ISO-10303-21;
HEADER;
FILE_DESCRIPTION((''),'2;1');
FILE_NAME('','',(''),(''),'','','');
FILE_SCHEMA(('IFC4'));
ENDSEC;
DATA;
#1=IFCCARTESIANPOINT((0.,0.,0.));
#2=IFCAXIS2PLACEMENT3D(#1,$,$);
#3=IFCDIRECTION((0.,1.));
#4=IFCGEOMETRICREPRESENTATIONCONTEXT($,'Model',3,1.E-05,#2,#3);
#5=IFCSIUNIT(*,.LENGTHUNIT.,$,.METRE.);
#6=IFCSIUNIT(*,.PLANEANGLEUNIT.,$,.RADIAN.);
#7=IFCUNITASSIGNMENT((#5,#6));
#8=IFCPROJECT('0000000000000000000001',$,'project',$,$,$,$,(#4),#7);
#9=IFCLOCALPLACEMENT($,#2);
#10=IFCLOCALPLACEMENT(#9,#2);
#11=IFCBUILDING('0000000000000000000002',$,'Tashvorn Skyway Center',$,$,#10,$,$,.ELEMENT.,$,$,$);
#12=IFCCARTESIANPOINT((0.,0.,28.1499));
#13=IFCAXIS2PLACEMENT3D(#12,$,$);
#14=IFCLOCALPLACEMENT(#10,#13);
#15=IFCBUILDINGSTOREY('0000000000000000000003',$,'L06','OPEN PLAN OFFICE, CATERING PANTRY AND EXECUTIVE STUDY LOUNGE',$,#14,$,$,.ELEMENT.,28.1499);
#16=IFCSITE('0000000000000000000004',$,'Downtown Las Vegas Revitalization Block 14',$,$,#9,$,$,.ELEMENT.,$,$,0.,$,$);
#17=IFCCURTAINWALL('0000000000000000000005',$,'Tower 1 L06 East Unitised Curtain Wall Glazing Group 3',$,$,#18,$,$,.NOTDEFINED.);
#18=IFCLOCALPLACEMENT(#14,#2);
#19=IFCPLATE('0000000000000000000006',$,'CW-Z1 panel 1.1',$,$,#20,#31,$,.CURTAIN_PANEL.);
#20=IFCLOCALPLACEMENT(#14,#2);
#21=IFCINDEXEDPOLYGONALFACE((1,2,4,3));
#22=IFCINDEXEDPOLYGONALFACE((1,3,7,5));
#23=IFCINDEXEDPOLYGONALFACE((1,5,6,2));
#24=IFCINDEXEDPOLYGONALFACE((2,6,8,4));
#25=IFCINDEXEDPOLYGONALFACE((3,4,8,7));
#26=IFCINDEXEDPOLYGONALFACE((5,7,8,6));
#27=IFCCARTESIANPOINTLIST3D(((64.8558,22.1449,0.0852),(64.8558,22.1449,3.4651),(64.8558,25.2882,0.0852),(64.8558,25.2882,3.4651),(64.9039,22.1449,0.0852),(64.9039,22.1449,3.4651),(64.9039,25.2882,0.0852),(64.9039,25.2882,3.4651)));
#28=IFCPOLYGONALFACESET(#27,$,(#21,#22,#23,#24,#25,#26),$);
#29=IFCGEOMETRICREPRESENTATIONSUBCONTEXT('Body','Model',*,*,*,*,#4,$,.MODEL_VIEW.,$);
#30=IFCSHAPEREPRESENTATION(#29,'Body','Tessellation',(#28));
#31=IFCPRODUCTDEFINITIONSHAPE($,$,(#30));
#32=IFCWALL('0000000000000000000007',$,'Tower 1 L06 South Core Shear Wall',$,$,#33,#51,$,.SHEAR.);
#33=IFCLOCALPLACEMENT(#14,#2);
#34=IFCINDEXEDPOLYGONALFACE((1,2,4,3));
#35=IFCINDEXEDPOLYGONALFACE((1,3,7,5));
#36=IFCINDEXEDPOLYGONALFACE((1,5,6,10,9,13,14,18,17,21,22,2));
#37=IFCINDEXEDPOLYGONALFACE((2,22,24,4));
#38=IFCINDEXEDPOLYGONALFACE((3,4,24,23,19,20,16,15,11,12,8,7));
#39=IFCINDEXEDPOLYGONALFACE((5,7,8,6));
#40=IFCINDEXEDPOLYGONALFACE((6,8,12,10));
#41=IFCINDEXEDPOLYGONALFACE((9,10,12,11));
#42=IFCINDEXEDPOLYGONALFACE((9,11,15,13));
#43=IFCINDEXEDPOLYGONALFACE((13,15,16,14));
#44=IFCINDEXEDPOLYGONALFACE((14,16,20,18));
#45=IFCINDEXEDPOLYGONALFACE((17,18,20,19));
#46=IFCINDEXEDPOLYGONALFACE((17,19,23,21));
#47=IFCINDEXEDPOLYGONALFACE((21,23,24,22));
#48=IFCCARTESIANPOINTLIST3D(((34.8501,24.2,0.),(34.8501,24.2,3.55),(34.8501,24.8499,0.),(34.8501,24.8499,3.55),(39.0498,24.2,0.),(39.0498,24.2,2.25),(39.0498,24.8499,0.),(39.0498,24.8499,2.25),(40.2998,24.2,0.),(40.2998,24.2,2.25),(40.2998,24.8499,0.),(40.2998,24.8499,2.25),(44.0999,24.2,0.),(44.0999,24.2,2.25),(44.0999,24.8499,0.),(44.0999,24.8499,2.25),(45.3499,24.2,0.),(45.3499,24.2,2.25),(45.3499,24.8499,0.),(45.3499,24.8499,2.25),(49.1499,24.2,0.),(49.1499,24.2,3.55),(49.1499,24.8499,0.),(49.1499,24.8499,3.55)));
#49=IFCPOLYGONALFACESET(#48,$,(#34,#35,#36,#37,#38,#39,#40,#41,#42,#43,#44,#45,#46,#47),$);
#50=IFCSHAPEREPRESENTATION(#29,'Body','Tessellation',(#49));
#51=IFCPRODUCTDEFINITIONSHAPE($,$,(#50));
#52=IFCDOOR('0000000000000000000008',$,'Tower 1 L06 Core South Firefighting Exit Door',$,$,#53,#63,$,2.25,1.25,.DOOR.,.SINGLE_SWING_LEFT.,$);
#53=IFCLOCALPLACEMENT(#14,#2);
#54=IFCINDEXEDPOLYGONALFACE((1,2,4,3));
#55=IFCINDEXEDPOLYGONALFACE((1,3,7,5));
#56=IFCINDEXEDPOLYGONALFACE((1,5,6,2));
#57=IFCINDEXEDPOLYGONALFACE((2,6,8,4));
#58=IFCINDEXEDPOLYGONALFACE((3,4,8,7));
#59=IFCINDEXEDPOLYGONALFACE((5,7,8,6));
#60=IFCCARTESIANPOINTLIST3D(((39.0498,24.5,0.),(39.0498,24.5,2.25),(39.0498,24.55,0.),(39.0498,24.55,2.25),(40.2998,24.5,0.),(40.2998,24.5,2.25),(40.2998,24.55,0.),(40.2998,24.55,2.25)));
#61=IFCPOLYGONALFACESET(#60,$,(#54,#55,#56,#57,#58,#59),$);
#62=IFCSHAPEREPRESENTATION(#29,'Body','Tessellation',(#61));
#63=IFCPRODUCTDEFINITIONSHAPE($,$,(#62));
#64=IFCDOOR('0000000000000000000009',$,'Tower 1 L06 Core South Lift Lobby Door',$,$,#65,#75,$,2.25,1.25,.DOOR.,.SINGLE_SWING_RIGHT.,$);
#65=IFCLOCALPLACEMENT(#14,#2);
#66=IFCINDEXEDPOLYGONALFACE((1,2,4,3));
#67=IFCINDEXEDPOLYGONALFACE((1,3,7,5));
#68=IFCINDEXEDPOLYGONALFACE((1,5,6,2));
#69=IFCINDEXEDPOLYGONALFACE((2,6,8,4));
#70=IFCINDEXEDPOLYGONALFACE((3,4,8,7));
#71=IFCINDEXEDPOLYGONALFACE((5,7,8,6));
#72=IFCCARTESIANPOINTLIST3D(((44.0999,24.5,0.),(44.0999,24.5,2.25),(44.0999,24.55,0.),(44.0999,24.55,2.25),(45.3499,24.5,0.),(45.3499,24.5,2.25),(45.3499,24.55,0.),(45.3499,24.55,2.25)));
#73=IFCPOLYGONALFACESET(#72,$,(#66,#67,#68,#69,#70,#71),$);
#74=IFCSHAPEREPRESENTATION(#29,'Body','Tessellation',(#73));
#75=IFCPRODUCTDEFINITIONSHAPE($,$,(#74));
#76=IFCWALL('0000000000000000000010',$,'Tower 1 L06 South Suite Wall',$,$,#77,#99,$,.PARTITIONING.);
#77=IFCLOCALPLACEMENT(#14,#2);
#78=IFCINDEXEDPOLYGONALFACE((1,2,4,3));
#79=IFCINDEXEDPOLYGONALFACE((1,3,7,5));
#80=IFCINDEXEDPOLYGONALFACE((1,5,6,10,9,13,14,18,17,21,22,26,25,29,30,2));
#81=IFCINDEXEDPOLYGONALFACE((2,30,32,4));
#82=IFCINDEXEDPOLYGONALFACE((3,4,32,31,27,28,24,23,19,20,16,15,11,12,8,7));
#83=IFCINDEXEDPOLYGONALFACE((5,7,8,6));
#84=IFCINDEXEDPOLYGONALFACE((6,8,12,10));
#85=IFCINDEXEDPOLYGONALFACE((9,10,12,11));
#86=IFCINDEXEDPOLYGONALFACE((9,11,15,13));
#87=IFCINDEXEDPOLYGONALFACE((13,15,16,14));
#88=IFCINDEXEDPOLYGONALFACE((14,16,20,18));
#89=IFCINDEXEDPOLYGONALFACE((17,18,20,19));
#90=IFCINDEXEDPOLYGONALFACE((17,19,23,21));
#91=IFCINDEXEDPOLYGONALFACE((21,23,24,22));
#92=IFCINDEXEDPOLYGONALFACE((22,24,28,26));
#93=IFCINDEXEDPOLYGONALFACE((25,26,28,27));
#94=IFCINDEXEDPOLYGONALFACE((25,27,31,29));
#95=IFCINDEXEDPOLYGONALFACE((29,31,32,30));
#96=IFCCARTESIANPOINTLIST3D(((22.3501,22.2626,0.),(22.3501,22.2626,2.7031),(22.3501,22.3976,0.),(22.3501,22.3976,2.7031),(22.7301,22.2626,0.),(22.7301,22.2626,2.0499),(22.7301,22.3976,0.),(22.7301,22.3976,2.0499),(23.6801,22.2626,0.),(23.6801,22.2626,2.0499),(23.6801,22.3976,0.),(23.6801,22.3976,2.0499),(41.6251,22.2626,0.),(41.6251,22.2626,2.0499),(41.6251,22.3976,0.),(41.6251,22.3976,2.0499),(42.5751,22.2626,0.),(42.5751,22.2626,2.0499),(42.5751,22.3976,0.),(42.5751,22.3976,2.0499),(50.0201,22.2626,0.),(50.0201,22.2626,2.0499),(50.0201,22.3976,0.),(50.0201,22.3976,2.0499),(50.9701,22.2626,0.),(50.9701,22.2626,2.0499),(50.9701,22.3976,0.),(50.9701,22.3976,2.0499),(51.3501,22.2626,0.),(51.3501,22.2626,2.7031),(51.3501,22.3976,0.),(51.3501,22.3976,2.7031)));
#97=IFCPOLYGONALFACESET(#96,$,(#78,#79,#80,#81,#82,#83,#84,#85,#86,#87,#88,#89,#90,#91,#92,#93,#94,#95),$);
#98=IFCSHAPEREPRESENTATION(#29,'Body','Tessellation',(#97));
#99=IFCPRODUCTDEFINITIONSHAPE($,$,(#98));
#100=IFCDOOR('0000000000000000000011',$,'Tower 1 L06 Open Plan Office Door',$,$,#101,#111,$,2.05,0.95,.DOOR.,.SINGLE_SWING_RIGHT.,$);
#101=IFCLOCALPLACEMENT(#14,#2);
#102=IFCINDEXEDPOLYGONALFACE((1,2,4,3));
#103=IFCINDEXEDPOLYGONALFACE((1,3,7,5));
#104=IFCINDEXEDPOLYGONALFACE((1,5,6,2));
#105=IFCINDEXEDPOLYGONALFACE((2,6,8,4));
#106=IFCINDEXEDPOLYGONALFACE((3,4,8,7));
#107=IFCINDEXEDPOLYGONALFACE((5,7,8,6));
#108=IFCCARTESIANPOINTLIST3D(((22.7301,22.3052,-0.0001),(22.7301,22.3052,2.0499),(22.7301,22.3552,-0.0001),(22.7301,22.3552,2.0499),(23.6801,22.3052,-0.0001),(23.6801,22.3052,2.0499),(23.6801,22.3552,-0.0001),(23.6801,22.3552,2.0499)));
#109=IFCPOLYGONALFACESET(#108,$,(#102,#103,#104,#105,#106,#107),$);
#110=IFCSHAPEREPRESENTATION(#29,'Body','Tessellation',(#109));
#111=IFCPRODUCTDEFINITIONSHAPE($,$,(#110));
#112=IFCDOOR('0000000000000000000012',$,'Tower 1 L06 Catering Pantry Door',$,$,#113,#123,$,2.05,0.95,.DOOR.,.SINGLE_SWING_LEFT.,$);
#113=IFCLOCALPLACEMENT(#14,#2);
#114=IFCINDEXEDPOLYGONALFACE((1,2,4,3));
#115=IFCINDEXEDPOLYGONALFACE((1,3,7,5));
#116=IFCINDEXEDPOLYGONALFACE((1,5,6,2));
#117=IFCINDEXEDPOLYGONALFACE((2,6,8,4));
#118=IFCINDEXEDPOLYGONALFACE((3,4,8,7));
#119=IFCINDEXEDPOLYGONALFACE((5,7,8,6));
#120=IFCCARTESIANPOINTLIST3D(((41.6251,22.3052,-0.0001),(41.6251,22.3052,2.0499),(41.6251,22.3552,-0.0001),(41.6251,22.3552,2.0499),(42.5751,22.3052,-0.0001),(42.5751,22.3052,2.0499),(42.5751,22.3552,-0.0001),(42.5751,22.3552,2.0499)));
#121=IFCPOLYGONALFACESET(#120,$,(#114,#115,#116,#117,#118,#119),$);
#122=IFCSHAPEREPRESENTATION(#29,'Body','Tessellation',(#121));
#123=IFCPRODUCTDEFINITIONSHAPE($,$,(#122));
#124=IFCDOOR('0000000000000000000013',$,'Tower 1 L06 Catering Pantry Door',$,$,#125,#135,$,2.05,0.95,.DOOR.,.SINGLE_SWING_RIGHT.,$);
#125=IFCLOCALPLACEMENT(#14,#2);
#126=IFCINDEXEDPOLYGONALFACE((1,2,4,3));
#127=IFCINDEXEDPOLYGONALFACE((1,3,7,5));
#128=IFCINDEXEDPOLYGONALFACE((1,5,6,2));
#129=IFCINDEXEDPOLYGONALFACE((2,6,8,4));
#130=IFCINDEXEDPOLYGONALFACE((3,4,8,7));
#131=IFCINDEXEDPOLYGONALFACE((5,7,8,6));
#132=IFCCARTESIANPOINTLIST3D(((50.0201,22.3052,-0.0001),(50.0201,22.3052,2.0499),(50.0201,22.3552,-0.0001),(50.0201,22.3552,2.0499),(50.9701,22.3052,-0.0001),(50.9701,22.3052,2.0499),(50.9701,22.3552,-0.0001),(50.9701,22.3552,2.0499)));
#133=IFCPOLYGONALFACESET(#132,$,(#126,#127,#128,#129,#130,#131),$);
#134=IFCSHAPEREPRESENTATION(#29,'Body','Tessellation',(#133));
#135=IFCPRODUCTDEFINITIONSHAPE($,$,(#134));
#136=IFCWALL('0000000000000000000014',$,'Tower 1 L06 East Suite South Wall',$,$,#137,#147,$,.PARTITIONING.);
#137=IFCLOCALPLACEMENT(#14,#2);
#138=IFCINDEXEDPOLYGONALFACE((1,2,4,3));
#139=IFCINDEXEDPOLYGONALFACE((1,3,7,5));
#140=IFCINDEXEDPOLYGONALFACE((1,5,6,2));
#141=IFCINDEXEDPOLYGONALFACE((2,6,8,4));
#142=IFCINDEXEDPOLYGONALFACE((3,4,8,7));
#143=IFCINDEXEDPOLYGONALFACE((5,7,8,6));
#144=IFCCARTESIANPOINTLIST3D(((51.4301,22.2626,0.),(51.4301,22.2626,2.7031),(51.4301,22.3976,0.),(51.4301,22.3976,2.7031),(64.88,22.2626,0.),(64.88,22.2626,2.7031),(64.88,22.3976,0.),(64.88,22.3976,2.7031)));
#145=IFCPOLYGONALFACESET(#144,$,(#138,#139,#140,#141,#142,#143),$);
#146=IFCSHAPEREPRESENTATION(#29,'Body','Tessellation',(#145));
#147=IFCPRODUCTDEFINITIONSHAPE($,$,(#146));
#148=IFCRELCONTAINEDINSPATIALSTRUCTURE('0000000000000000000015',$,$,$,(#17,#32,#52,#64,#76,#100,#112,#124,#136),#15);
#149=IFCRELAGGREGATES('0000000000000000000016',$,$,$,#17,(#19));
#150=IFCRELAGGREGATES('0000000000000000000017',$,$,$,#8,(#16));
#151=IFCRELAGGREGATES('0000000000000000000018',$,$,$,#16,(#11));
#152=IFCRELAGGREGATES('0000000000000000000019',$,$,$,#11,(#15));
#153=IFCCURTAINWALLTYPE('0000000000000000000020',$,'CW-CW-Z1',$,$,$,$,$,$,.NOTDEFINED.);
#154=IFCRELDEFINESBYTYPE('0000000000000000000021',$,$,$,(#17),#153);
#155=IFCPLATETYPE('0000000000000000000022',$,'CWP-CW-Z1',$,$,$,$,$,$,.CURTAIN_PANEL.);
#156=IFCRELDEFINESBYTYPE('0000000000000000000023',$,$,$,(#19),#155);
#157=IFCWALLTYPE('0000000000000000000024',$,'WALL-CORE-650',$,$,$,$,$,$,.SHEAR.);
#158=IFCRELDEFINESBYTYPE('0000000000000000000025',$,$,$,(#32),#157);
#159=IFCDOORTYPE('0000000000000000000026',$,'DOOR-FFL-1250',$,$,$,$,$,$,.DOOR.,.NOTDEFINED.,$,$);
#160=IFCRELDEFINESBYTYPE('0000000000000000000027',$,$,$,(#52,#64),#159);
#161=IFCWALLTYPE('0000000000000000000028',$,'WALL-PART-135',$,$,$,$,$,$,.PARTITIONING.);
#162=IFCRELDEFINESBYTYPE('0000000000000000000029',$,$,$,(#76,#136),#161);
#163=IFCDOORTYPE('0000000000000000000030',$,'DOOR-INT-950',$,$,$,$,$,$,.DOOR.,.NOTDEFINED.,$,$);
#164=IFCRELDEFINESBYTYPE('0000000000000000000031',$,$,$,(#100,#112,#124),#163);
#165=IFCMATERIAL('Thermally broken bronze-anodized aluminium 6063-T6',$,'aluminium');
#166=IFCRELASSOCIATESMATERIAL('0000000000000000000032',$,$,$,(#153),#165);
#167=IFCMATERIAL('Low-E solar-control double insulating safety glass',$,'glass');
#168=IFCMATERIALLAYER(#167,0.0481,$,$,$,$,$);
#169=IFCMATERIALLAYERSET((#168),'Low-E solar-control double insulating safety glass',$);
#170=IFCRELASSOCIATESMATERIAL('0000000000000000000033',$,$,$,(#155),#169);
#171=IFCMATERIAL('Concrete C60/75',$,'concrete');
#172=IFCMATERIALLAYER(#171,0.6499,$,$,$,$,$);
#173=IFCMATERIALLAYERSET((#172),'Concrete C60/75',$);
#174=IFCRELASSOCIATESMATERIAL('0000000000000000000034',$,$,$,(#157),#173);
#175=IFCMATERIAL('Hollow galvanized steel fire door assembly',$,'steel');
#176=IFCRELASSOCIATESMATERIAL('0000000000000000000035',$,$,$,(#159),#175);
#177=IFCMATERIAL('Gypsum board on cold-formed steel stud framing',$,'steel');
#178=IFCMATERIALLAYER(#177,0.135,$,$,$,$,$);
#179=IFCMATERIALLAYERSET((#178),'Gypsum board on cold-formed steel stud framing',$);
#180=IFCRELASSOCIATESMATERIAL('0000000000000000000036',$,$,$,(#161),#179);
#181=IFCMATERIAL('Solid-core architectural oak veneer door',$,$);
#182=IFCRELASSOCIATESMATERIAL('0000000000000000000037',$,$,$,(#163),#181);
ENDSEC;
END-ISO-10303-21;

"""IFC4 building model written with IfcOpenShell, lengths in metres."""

from ifc_helpers import new_model, si_unit, direction, frame, frame_2d, origin, origin_2d, place, context, subcontext, project, spatial, rectangle, extrude, material, layer, layer_set, type_object, element, fill, aggregate, save


model = new_model("IFC4")

# Units and contexts
model_context = context("Model", 3, precision=1e-05, world=origin(), true_north=direction((0.0, 1.0)))
body_context = subcontext(model_context, "Body", "Model", "MODEL_VIEW")
ifc_project = project(units=[si_unit("LENGTHUNIT", "METRE"), si_unit("PLANEANGLEUNIT", "RADIAN")], contexts=[model_context])

# Site, building, storey
site_placement = place(None, origin())
site = spatial("IfcSite", under=ifc_project, at=site_placement, Name="Downtown Las Vegas Revitalization Block 14", CompositionType="ELEMENT", RefElevation=0.0)
building_placement = place(site_placement, origin())
building = spatial("IfcBuilding", under=site, at=building_placement, Name="Tashvorn Skyway Center", CompositionType="ELEMENT")
storey_placement = place(building_placement, frame((0.0, 0.0, 28.1499)))
storey = spatial("IfcBuildingStorey", under=building, at=storey_placement, Name="L06", Description="OPEN PLAN OFFICE, CATERING PANTRY AND EXECUTIVE STUDY LOUNGE", CompositionType="ELEMENT", Elevation=28.1499)

# Curtain wall
ifc_material_1 = material(Name="Thermally broken bronze-anodized aluminium 6063-T6", Category="aluminium")
curtain_wall_type = type_object("IfcCurtainWallType", Name="CW-CW-Z1", PredefinedType="NOTDEFINED", material=ifc_material_1)
curtain_wall_1_placement = place(storey_placement, origin())
curtain_wall_1 = element("IfcCurtainWall", 1, at=curtain_wall_1_placement, inside=storey, type_object=curtain_wall_type, Name="Tower 1 L06 East Unitised Curtain Wall Glazing Group 3", PredefinedType="NOTDEFINED")

# Plate
ifc_material_2 = material(Name="Low-E solar-control double insulating safety glass", Category="glass")
ifc_layer_1 = layer(ifc_material_2, 0.0481)
ifc_layer_set_1 = layer_set([ifc_layer_1], Name="Low-E solar-control double insulating safety glass")
plate_type = type_object("IfcPlateType", Name="CWP-CW-Z1", PredefinedType="CURTAIN_PANEL", material=ifc_layer_set_1)
plate_placement = place(storey_placement, frame((64.8799, 23.7166, 0.0852), z_axis=(0.0, 0.0, 1.0), x_axis=(0.0, -1.0, 0.0)))
plate = element("IfcPlate", 2, at=plate_placement, type_object=plate_type, Name="CW-Z1 panel 1.1", PredefinedType="CURTAIN_PANEL", context=body_context, shape_type="SweptSolid", body=[
    extrude(rectangle(XDim=3.1433, YDim=0.0481, at=origin_2d()), origin(), (0.0, 0.0, 1.0), 3.3799),
])
aggregate(curtain_wall_1, [plate])

# Walls, openings, doors
ifc_material_3 = material(Name="Concrete C60/75", Category="concrete")
ifc_layer_2 = layer(ifc_material_3, 0.6499)
ifc_layer_set_2 = layer_set([ifc_layer_2], Name="Concrete C60/75")
wall_type_1 = type_object("IfcWallType", Name="WALL-CORE-650", PredefinedType="SHEAR", material=ifc_layer_set_2)
wall_1_placement = place(storey_placement, frame((49.1499, 24.5249, 0.0), z_axis=(0.0, 0.0, 1.0), x_axis=(-1.0, 0.0, 0.0)))
wall_1 = element("IfcWall", 3, at=wall_1_placement, inside=storey, type_object=wall_type_1, Name="Tower 1 L06 South Core Shear Wall", PredefinedType="SHEAR", context=body_context, shape_type="SweptSolid", body=[
    extrude(rectangle(XDim=14.2998, YDim=0.6499, at=frame_2d((7.1499, 0.0))), origin(), (0.0, 0.0, 1.0), 3.55),
])
opening_1_placement = place(wall_1_placement, frame((8.8501, 0.0, 0.0)))
opening_1 = element("IfcOpeningElement", 4, at=opening_1_placement, cuts=wall_1, PredefinedType="OPENING", context=body_context, shape_type="SweptSolid", body=[
    extrude(rectangle(XDim=1.25, YDim=2.25, at=frame_2d((0.625, 1.125))), frame((0.0, 0.335, 0.0), z_axis=(0.0, -1.0, 0.0), x_axis=(1.0, 0.0, 0.0)), (0.0, 0.0, 1.0), 0.6699),
])
opening_2_placement = place(wall_1_placement, frame((3.8, 0.0, 0.0)))
opening_2 = element("IfcOpeningElement", 5, at=opening_2_placement, cuts=wall_1, PredefinedType="OPENING", context=body_context, shape_type="SweptSolid", body=[
    extrude(rectangle(XDim=1.25, YDim=2.25, at=frame_2d((0.625, 1.125))), frame((0.0, 0.335, 0.0), z_axis=(0.0, -1.0, 0.0), x_axis=(1.0, 0.0, 0.0)), (0.0, 0.0, 1.0), 0.6699),
])
ifc_material_4 = material(Name="Hollow galvanized steel fire door assembly", Category="steel")
door_type_1 = type_object("IfcDoorType", Name="DOOR-FFL-1250", OperationType="NOTDEFINED", PredefinedType="DOOR", material=ifc_material_4)
door_1_placement = place(opening_1_placement, origin())
door_1 = element("IfcDoor", 6, at=door_1_placement, inside=storey, type_object=door_type_1, Name="Tower 1 L06 Core South Firefighting Exit Door", OperationType="SINGLE_SWING_LEFT", OverallHeight=2.25, OverallWidth=1.25, PredefinedType="DOOR", context=body_context, shape_type="SweptSolid", body=[
    extrude(rectangle(XDim=1.25, YDim=2.25, at=frame_2d((0.625, 1.125))), frame((0.0, 0.0249, 0.0), z_axis=(0.0, -1.0, 0.0), x_axis=(1.0, 0.0, 0.0)), (0.0, 0.0, 1.0), 0.05),
])
fill(opening_1, door_1)
door_2_placement = place(opening_2_placement, origin())
door_2 = element("IfcDoor", 7, at=door_2_placement, inside=storey, type_object=door_type_1, Name="Tower 1 L06 Core South Lift Lobby Door", OperationType="SINGLE_SWING_RIGHT", OverallHeight=2.25, OverallWidth=1.25, PredefinedType="DOOR", context=body_context, shape_type="SweptSolid", body=[
    extrude(rectangle(XDim=1.25, YDim=2.25, at=frame_2d((0.625, 1.125))), frame((0.0, 0.0249, 0.0), z_axis=(0.0, -1.0, 0.0), x_axis=(1.0, 0.0, 0.0)), (0.0, 0.0, 1.0), 0.05),
])
fill(opening_2, door_2)
ifc_material_5 = material(Name="Gypsum board on cold-formed steel stud framing", Category="steel")
ifc_layer_3 = layer(ifc_material_5, 0.135)
ifc_layer_set_3 = layer_set([ifc_layer_3], Name="Gypsum board on cold-formed steel stud framing")
wall_type_2 = type_object("IfcWallType", Name="WALL-PART-135", PredefinedType="PARTITIONING", material=ifc_layer_set_3)
wall_2_placement = place(storey_placement, frame((51.3501, 22.3301, 0.0), z_axis=(0.0, 0.0, 1.0), x_axis=(-1.0, 0.0, 0.0)))
wall_2 = element("IfcWall", 8, at=wall_2_placement, inside=storey, type_object=wall_type_2, Name="Tower 1 L06 South Suite Wall", PredefinedType="PARTITIONING", context=body_context, shape_type="SweptSolid", body=[
    extrude(rectangle(XDim=29.0, YDim=0.135, at=frame_2d((14.5, 0.0))), origin(), (0.0, 0.0, 1.0), 2.7031),
])
opening_3_placement = place(wall_2_placement, frame((27.6699, 0.0, 0.0)))
opening_3 = element("IfcOpeningElement", 9, at=opening_3_placement, cuts=wall_2, PredefinedType="OPENING", context=body_context, shape_type="SweptSolid", body=[
    extrude(rectangle(XDim=0.95, YDim=2.05, at=frame_2d((0.4751, 1.0249))), frame((0.0, 0.0774, 0.0), z_axis=(0.0, -1.0, 0.0), x_axis=(1.0, 0.0, 0.0)), (0.0, 0.0, 1.0), 0.155),
])
opening_4_placement = place(wall_2_placement, frame((8.7749, 0.0, 0.0)))
opening_4 = element("IfcOpeningElement", 10, at=opening_4_placement, cuts=wall_2, PredefinedType="OPENING", context=body_context, shape_type="SweptSolid", body=[
    extrude(rectangle(XDim=0.95, YDim=2.05, at=frame_2d((0.4751, 1.0249))), frame((0.0, 0.0774, 0.0), z_axis=(0.0, -1.0, 0.0), x_axis=(1.0, 0.0, 0.0)), (0.0, 0.0, 1.0), 0.155),
])
opening_5_placement = place(wall_2_placement, frame((0.3799, 0.0, 0.0)))
opening_5 = element("IfcOpeningElement", 11, at=opening_5_placement, cuts=wall_2, PredefinedType="OPENING", context=body_context, shape_type="SweptSolid", body=[
    extrude(rectangle(XDim=0.95, YDim=2.05, at=frame_2d((0.4751, 1.0249))), frame((0.0, 0.0774, 0.0), z_axis=(0.0, -1.0, 0.0), x_axis=(1.0, 0.0, 0.0)), (0.0, 0.0, 1.0), 0.155),
])
ifc_material_6 = material(Name="Solid-core architectural oak veneer door")
door_type_2 = type_object("IfcDoorType", Name="DOOR-INT-950", OperationType="NOTDEFINED", PredefinedType="DOOR", material=ifc_material_6)
door_3_placement = place(opening_3_placement, origin())
door_3 = element("IfcDoor", 12, at=door_3_placement, inside=storey, type_object=door_type_2, Name="Tower 1 L06 Open Plan Office Door", OperationType="SINGLE_SWING_RIGHT", OverallHeight=2.05, OverallWidth=0.95, PredefinedType="DOOR", context=body_context, shape_type="SweptSolid", body=[
    extrude(rectangle(XDim=0.95, YDim=2.05, at=frame_2d((0.4751, 1.0249))), frame((0.0, 0.0249, 0.0), z_axis=(0.0, -1.0, 0.0), x_axis=(1.0, 0.0, 0.0)), (0.0, 0.0, 1.0), 0.05),
])
fill(opening_3, door_3)
door_4_placement = place(opening_4_placement, origin())
door_4 = element("IfcDoor", 13, at=door_4_placement, inside=storey, type_object=door_type_2, Name="Tower 1 L06 Catering Pantry Door", OperationType="SINGLE_SWING_LEFT", OverallHeight=2.05, OverallWidth=0.95, PredefinedType="DOOR", context=body_context, shape_type="SweptSolid", body=[
    extrude(rectangle(XDim=0.95, YDim=2.05, at=frame_2d((0.4751, 1.0249))), frame((0.0, 0.0249, 0.0), z_axis=(0.0, -1.0, 0.0), x_axis=(1.0, 0.0, 0.0)), (0.0, 0.0, 1.0), 0.05),
])
fill(opening_4, door_4)
door_5_placement = place(opening_5_placement, origin())
door_5 = element("IfcDoor", 14, at=door_5_placement, inside=storey, type_object=door_type_2, Name="Tower 1 L06 Catering Pantry Door", OperationType="SINGLE_SWING_RIGHT", OverallHeight=2.05, OverallWidth=0.95, PredefinedType="DOOR", context=body_context, shape_type="SweptSolid", body=[
    extrude(rectangle(XDim=0.95, YDim=2.05, at=frame_2d((0.4751, 1.0249))), frame((0.0, 0.0249, 0.0), z_axis=(0.0, -1.0, 0.0), x_axis=(1.0, 0.0, 0.0)), (0.0, 0.0, 1.0), 0.05),
])
fill(opening_5, door_5)

# Wall
wall_3_placement = place(storey_placement, frame((51.4299, 22.3301, 0.0), z_axis=(0.0, 0.0, 1.0), x_axis=(1.0, 0.0, 0.0)))
element("IfcWall", 15, at=wall_3_placement, inside=storey, type_object=wall_type_2, Name="Tower 1 L06 East Suite South Wall", PredefinedType="PARTITIONING", context=body_context, shape_type="SweptSolid", body=[
    extrude(rectangle(XDim=13.45, YDim=0.135, at=frame_2d((6.7251, 0.0))), origin(), (0.0, 0.0, 1.0), 2.7031),
])

save(model, "model.ifc")
